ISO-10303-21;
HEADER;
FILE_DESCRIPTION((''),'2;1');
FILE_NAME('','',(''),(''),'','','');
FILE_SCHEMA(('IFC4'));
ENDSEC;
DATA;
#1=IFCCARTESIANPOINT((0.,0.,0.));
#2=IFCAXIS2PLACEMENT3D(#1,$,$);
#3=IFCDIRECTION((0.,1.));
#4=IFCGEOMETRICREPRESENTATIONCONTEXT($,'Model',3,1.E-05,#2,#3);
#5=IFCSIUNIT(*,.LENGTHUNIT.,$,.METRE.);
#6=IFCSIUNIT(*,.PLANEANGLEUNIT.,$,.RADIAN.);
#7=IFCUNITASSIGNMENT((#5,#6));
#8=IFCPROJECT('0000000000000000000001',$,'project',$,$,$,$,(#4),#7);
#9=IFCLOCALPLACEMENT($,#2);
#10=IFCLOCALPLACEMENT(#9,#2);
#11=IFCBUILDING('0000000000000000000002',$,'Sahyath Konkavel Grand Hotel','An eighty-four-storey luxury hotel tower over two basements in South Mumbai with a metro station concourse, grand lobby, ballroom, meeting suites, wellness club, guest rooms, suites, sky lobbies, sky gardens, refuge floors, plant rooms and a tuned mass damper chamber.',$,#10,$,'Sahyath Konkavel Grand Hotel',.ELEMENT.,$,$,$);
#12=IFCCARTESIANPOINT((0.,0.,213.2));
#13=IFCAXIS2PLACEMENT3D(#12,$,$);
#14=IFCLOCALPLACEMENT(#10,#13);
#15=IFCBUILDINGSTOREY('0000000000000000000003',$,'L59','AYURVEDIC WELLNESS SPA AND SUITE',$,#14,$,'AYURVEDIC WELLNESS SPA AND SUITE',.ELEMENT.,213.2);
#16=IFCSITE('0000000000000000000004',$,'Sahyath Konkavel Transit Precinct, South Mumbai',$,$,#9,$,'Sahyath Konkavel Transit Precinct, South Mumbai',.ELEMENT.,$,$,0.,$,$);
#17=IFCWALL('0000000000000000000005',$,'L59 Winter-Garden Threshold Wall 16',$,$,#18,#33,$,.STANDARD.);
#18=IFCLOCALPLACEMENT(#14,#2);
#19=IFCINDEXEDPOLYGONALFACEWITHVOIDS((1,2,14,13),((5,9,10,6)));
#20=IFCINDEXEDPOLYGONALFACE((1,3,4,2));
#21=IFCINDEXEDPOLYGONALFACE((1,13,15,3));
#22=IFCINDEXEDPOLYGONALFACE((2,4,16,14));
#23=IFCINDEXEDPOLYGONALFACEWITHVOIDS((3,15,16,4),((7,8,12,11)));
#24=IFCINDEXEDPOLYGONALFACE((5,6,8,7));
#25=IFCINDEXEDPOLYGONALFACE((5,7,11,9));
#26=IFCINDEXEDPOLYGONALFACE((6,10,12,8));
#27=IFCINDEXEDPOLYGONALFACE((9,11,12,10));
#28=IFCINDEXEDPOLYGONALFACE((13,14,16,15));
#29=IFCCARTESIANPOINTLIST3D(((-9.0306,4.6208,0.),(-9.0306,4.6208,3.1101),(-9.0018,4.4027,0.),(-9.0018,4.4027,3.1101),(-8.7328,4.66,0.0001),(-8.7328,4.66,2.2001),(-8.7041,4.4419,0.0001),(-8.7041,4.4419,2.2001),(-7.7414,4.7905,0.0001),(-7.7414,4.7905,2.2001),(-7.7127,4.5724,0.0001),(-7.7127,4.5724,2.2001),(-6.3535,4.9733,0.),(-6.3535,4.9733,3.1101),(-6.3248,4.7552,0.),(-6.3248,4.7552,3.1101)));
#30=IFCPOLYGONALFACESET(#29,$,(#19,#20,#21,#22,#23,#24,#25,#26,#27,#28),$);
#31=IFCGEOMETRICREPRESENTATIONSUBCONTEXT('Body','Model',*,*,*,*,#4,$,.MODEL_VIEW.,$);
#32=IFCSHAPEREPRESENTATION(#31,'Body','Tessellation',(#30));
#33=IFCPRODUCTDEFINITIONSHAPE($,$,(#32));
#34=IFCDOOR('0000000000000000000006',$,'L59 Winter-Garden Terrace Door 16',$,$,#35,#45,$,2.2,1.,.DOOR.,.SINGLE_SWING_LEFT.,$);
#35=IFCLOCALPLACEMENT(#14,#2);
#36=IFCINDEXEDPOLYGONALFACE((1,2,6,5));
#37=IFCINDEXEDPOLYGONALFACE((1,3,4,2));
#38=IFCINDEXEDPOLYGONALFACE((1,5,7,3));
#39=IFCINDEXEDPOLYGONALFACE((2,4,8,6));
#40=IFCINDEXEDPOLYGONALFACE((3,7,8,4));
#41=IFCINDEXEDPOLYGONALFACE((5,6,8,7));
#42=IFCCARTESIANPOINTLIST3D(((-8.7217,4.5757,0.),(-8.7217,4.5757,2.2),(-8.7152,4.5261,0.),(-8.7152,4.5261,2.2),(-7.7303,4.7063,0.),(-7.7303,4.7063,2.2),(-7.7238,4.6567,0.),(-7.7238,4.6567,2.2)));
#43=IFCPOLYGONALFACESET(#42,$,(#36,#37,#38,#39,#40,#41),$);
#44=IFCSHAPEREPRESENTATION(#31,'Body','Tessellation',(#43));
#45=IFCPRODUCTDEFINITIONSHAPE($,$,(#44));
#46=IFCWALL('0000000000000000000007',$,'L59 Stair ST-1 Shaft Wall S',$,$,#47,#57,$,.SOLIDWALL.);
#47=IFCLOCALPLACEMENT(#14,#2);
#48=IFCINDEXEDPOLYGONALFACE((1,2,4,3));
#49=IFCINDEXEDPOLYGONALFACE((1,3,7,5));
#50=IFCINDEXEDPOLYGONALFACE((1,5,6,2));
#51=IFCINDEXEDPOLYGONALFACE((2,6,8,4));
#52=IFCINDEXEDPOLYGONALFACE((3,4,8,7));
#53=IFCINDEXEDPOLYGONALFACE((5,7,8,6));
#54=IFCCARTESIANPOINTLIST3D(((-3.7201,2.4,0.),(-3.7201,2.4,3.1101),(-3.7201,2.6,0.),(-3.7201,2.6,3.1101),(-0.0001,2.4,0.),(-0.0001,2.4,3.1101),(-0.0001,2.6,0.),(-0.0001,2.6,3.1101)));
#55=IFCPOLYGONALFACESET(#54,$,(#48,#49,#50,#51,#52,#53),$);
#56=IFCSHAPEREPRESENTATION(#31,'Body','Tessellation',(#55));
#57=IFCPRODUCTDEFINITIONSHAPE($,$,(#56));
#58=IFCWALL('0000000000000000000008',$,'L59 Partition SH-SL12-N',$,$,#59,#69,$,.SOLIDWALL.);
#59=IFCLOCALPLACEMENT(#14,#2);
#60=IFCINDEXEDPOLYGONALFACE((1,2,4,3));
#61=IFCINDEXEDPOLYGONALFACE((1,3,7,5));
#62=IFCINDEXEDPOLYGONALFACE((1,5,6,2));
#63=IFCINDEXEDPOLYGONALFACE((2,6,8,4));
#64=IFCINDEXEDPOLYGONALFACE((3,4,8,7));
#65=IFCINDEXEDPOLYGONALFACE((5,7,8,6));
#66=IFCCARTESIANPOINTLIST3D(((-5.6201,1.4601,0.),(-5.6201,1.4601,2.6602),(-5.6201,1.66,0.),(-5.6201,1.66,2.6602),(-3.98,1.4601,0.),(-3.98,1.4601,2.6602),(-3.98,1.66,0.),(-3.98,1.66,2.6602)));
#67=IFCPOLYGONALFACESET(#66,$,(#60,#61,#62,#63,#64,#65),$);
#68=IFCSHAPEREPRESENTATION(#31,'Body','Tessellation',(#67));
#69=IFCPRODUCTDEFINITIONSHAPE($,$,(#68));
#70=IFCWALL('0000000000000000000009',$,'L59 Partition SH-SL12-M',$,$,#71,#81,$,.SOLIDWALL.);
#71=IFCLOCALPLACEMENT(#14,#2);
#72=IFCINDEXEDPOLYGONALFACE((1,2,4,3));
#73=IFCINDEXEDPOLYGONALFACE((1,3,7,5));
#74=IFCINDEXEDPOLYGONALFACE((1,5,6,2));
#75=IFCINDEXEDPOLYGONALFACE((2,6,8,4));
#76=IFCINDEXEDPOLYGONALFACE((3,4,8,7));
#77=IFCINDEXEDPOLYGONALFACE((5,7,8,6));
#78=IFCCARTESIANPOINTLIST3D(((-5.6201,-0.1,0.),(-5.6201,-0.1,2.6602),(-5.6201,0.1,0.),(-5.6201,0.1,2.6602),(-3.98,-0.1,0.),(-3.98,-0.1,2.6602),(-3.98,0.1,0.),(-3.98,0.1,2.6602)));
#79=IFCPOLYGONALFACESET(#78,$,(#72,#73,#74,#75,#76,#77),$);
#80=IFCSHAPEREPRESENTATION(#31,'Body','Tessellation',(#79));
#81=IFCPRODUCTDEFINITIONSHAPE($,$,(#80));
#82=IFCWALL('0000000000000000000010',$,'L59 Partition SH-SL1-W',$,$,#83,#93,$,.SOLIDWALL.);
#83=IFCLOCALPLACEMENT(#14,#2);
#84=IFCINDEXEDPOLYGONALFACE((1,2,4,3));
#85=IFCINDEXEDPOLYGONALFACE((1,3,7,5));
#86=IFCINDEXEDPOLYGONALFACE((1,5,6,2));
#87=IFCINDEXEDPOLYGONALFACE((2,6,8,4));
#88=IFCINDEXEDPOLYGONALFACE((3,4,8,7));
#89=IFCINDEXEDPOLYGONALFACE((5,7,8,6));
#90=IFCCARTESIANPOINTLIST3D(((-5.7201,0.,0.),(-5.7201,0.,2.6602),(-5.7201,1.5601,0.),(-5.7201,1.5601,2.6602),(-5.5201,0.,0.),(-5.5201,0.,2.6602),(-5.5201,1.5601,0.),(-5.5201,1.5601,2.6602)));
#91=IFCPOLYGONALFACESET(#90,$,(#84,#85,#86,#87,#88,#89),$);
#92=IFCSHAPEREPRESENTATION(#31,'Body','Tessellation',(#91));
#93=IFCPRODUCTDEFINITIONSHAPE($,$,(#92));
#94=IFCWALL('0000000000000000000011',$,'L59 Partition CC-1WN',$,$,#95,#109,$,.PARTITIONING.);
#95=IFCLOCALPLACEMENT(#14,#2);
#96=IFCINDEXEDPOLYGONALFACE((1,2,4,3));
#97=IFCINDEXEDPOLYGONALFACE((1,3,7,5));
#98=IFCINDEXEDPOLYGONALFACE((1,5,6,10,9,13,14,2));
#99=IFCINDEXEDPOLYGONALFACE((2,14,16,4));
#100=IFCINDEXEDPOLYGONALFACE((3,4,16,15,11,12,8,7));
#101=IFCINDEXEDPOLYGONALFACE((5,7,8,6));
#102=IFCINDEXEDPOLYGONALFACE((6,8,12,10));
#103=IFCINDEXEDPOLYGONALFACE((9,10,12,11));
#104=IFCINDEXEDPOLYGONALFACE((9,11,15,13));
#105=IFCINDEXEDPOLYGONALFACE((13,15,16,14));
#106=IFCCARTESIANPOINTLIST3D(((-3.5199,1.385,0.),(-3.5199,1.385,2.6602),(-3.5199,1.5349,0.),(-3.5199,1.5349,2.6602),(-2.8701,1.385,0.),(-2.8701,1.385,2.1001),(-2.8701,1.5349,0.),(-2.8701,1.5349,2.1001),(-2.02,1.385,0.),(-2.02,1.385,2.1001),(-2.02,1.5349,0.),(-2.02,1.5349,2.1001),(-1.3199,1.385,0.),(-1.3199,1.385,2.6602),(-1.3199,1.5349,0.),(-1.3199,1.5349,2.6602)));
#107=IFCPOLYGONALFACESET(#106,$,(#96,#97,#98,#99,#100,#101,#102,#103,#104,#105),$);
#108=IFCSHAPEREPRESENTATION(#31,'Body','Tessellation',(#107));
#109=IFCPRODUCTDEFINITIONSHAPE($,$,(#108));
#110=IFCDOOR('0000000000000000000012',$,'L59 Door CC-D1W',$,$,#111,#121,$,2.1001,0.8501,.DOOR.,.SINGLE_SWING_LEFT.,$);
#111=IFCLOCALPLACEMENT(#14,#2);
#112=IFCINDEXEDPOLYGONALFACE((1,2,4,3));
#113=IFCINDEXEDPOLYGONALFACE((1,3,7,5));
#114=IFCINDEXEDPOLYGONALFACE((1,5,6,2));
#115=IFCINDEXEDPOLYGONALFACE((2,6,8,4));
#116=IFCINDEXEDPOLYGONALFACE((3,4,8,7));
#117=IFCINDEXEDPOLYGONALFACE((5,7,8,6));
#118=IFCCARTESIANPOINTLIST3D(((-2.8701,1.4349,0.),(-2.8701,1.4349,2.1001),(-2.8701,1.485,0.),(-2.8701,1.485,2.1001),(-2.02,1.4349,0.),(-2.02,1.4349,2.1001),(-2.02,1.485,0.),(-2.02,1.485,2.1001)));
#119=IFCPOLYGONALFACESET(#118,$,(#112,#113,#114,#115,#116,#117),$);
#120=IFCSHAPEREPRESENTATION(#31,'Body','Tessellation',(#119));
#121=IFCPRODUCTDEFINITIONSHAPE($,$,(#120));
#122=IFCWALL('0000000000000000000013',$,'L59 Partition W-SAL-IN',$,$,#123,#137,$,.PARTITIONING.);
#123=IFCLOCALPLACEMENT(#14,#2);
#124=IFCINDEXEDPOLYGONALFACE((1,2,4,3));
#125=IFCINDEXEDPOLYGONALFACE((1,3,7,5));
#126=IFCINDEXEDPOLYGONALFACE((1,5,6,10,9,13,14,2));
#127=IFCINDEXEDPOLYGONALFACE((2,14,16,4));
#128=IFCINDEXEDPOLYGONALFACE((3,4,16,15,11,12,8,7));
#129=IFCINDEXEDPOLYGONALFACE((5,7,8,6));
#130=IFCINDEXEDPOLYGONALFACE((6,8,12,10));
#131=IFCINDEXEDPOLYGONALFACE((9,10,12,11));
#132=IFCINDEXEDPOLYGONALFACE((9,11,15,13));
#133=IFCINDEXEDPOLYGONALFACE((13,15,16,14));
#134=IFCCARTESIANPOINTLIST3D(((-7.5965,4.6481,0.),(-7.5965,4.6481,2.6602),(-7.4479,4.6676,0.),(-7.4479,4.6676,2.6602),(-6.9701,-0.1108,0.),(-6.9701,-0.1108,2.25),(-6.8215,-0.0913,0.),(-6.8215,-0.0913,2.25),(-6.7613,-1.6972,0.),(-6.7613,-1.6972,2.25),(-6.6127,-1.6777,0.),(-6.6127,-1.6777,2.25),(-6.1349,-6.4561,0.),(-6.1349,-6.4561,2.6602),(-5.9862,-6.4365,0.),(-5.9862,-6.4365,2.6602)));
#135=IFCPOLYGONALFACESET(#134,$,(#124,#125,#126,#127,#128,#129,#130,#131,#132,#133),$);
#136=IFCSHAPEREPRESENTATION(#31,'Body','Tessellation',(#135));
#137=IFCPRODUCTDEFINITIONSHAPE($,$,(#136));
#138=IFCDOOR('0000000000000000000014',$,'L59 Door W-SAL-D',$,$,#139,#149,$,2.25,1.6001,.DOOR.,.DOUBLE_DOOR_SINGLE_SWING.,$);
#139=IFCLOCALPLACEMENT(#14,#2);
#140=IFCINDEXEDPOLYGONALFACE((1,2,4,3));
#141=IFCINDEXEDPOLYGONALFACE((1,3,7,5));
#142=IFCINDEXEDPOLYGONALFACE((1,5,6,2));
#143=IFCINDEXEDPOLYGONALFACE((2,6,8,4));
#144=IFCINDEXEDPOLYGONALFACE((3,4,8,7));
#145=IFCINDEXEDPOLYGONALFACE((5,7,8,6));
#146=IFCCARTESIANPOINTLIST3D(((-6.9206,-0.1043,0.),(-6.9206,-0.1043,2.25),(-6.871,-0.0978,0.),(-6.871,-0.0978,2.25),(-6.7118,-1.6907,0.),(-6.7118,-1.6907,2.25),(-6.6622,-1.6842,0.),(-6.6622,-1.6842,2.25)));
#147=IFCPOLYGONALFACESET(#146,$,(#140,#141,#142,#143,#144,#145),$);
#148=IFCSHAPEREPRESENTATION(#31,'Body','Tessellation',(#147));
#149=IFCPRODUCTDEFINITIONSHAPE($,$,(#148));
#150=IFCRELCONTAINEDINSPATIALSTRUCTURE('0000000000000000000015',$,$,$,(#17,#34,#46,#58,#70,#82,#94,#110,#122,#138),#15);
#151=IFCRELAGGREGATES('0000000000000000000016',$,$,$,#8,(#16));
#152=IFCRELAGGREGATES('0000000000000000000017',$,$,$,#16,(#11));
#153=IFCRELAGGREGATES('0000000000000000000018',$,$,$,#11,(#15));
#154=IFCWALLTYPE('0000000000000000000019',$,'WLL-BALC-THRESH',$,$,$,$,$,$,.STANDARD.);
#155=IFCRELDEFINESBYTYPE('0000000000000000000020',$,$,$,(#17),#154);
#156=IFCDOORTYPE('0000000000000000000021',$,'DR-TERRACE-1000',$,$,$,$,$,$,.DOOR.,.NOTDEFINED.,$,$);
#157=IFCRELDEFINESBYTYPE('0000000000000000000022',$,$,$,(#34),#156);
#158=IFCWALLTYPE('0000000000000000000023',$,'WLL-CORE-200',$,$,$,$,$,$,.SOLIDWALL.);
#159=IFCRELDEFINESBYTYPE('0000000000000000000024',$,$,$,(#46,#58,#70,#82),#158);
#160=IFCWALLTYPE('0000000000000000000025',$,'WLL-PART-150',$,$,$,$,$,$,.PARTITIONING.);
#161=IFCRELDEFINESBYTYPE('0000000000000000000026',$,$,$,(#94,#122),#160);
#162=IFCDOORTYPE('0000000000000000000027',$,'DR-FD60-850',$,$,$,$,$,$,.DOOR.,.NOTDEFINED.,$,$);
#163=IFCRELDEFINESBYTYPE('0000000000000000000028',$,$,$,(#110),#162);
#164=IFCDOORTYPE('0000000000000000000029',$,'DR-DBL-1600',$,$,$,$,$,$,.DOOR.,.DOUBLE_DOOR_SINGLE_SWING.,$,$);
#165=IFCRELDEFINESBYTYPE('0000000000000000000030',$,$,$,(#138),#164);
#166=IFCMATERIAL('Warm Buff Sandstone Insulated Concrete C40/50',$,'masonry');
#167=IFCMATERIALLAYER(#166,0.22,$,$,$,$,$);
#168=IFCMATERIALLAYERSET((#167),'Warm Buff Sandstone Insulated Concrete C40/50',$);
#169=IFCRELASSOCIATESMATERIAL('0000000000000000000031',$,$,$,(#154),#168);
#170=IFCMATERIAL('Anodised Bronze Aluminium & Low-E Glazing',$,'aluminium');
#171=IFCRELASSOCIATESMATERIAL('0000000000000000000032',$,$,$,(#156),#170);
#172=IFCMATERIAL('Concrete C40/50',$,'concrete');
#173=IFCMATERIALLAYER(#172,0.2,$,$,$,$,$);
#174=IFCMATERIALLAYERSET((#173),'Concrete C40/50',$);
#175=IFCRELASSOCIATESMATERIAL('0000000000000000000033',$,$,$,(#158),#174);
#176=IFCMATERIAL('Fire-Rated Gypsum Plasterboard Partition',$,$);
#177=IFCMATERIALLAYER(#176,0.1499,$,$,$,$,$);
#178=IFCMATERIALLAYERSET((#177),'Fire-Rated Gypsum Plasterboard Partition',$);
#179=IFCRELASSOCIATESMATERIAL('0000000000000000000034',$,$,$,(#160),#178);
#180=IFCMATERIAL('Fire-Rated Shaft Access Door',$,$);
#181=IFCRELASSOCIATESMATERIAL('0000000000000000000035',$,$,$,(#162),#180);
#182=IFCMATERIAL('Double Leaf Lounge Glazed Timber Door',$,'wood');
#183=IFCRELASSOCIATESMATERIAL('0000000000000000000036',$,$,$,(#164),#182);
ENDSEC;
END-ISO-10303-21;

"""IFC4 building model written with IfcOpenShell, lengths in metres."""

from ifc_helpers import new_model, si_unit, direction, frame, frame_2d, origin, origin_2d, place, context, subcontext, project, spatial, rectangle, extrude, source, transform, mapped, material, layer, layer_set, type_object, element, fill, save


model = new_model("IFC4")

# Units and contexts
model_context = context("Model", 3, precision=1e-05, world=origin(), true_north=direction((0.0, 1.0)))
body_context = subcontext(model_context, "Body", "Model", "MODEL_VIEW")
ifc_project = project(units=[si_unit("LENGTHUNIT", "METRE"), si_unit("PLANEANGLEUNIT", "RADIAN")], contexts=[model_context])

# Site, building, storey
site_placement = place(None, origin())
site = spatial("IfcSite", under=ifc_project, at=site_placement, Name="Sahyath Konkavel Transit Precinct, South Mumbai", LongName="Sahyath Konkavel Transit Precinct, South Mumbai", CompositionType="ELEMENT", RefElevation=0.0)
building_placement = place(site_placement, origin())
building = spatial("IfcBuilding", under=site, at=building_placement, Name="Sahyath Konkavel Grand Hotel", Description="An eighty-four-storey luxury hotel tower over two basements in South Mumbai with a metro station concourse, grand lobby, ballroom, meeting suites, wellness club, guest rooms, suites, sky lobbies, sky gardens, refuge floors, plant rooms and a tuned mass damper chamber.", LongName="Sahyath Konkavel Grand Hotel", CompositionType="ELEMENT")
storey_placement = place(building_placement, frame((0.0, 0.0, 213.2)))
storey = spatial("IfcBuildingStorey", under=building, at=storey_placement, Name="L59", Description="AYURVEDIC WELLNESS SPA AND SUITE", LongName="AYURVEDIC WELLNESS SPA AND SUITE", CompositionType="ELEMENT", Elevation=213.2)

# Shared definitions
ifc_material_1 = material(Name="Concrete C40/50", Category="concrete")

# Shared definitions
ifc_material_2 = material(Name="Anodised Bronze Aluminium & Low-E Glazing", Category="aluminium")

# Wall, opening, door
ifc_material_3 = material(Name="Warm Buff Sandstone Insulated Concrete C40/50", Category="masonry")
ifc_layer_1 = layer(ifc_material_3, 0.22)
ifc_layer_set_1 = layer_set([ifc_layer_1], Name="Warm Buff Sandstone Insulated Concrete C40/50")
wall_type_1 = type_object("IfcWallType", Name="WLL-BALC-THRESH", PredefinedType="STANDARD", material=ifc_layer_set_1)
wall_1_placement = place(storey_placement, frame((-6.3391, 4.8643, 0.0), z_axis=(0.0, 0.0, 1.0), x_axis=(-0.99144, -0.130564, 0.0)))
wall_1 = element("IfcWall", 1, at=wall_1_placement, inside=storey, type_object=wall_type_1, Name="L59 Winter-Garden Threshold Wall 16", PredefinedType="STANDARD", context=body_context, shape_type="SweptSolid", body=[
    extrude(rectangle(XDim=2.7002, YDim=0.22, at=frame_2d((1.3501, 0.0))), origin(), (0.0, 0.0, 1.0), 3.1101),
])
opening_1_placement = place(wall_1_placement, frame((1.3999, 0.0, 0.0)))
opening_1 = element("IfcOpeningElement", 2, at=opening_1_placement, cuts=wall_1, PredefinedType="OPENING", context=body_context, shape_type="SweptSolid", body=[
    extrude(rectangle(XDim=1.0, YDim=2.2, at=frame_2d((0.5, 1.1001))), frame((0.0, 0.1201, 0.0), z_axis=(0.0, -1.0, 0.0), x_axis=(1.0, 0.0, 0.0)), (0.0, 0.0, 1.0), 0.24),
])
door_type_1 = type_object("IfcDoorType", Name="DR-TERRACE-1000", OperationType="NOTDEFINED", PredefinedType="DOOR", material=ifc_material_2)
shared_shape_1 = source(origin(), body_context, "Body", "SweptSolid", [
    extrude(rectangle(XDim=1.0, YDim=0.05, at=origin_2d()), origin(), (0.0, 0.0, 1.0), 2.2),
])
door_1_placement = place(opening_1_placement, frame((0.5, 0.0, 0.0)))
door_1 = element("IfcDoor", 3, at=door_1_placement, inside=storey, type_object=door_type_1, Name="L59 Winter-Garden Terrace Door 16", OperationType="SINGLE_SWING_LEFT", OverallHeight=2.2, OverallWidth=1.0, PredefinedType="DOOR", context=body_context, shape_type="MappedRepresentation", body=[
    mapped(shared_shape_1, transform((0.0, 0.0, 0.0), scale=1.0)),
])
fill(opening_1, door_1)

# Walls
ifc_layer_2 = layer(ifc_material_1, 0.2)
ifc_layer_set_2 = layer_set([ifc_layer_2], Name="Concrete C40/50")
wall_type_2 = type_object("IfcWallType", Name="WLL-CORE-200", PredefinedType="SOLIDWALL", material=ifc_layer_set_2)
wall_2_placement = place(storey_placement, frame((-3.72, 2.5, 0.0), z_axis=(0.0, 0.0, 1.0), x_axis=(1.0, 0.0, 0.0)))
element("IfcWall", 4, at=wall_2_placement, inside=storey, type_object=wall_type_2, Name="L59 Stair ST-1 Shaft Wall S", PredefinedType="SOLIDWALL", context=body_context, shape_type="SweptSolid", body=[
    extrude(rectangle(XDim=3.72, YDim=0.2, at=frame_2d((1.8599, 0.0))), origin(), (0.0, 0.0, 1.0), 3.1101),
])
for number, where, z_axis, x_axis, name in (
    (5, (-5.6201, 1.5601, 0.0), (0.0, 0.0, 1.0), (1.0, 0.0, 0.0), "L59 Partition SH-SL12-N"),
    (6, (-5.6201, 0.0, 0.0), (0.0, 0.0, 1.0), (1.0, 0.0, 0.0), "L59 Partition SH-SL12-M"),
):
    element("IfcWall", number, at=place(storey_placement, frame(where, z_axis=z_axis, x_axis=x_axis)), inside=storey, type_object=wall_type_2, Name=name, PredefinedType="SOLIDWALL", context=body_context, shape_type="SweptSolid", body=[
        extrude(rectangle(XDim=1.6401, YDim=0.2, at=frame_2d((0.8201, 0.0))), origin(), (0.0, 0.0, 1.0), 2.6602),
    ])
wall_3_placement = place(storey_placement, frame((-5.6201, 0.0, 0.0), z_axis=(0.0, 0.0, 1.0), x_axis=(0.0, 1.0, 0.0)))
element("IfcWall", 7, at=wall_3_placement, inside=storey, type_object=wall_type_2, Name="L59 Partition SH-SL1-W", PredefinedType="SOLIDWALL", context=body_context, shape_type="SweptSolid", body=[
    extrude(rectangle(XDim=1.5601, YDim=0.2, at=frame_2d((0.78, 0.0))), origin(), (0.0, 0.0, 1.0), 2.6602),
])

# Walls, openings, doors
ifc_material_4 = material(Name="Fire-Rated Gypsum Plasterboard Partition")
ifc_layer_3 = layer(ifc_material_4, 0.1499)
ifc_layer_set_3 = layer_set([ifc_layer_3], Name="Fire-Rated Gypsum Plasterboard Partition")
wall_type_3 = type_object("IfcWallType", Name="WLL-PART-150", PredefinedType="PARTITIONING", material=ifc_layer_set_3)
wall_4_placement = place(storey_placement, frame((-3.52, 1.46, 0.0), z_axis=(0.0, 0.0, 1.0), x_axis=(1.0, 0.0, 0.0)))
wall_4 = element("IfcWall", 8, at=wall_4_placement, inside=storey, type_object=wall_type_3, Name="L59 Partition CC-1WN", PredefinedType="PARTITIONING", context=body_context, shape_type="SweptSolid", body=[
    extrude(rectangle(XDim=2.2, YDim=0.1499, at=frame_2d((1.1001, 0.0))), origin(), (0.0, 0.0, 1.0), 2.6602),
])
opening_2_placement = place(wall_4_placement, frame((0.6499, 0.0, 0.0)))
opening_2 = element("IfcOpeningElement", 9, at=opening_2_placement, cuts=wall_4, PredefinedType="OPENING", context=body_context, shape_type="SweptSolid", body=[
    extrude(rectangle(XDim=0.8501, YDim=2.1001, at=frame_2d((0.425, 1.05))), frame((0.0, 0.085, 0.0), z_axis=(0.0, -1.0, 0.0), x_axis=(1.0, 0.0, 0.0)), (0.0, 0.0, 1.0), 0.1699),
])
ifc_material_5 = material(Name="Fire-Rated Shaft Access Door")
door_type_2 = type_object("IfcDoorType", Name="DR-FD60-850", OperationType="NOTDEFINED", PredefinedType="DOOR", material=ifc_material_5)
shared_shape_2 = source(origin(), body_context, "Body", "SweptSolid", [
    extrude(rectangle(XDim=0.8501, YDim=0.05, at=origin_2d()), origin(), (0.0, 0.0, 1.0), 2.1001),
])
door_2_placement = place(opening_2_placement, frame((0.425, 0.0, 0.0)))
door_2 = element("IfcDoor", 10, at=door_2_placement, inside=storey, type_object=door_type_2, Name="L59 Door CC-D1W", OperationType="SINGLE_SWING_LEFT", OverallHeight=2.1001, OverallWidth=0.8501, PredefinedType="DOOR", context=body_context, shape_type="MappedRepresentation", body=[
    mapped(shared_shape_2, transform((0.0, 0.0, 0.0), scale=1.0)),
])
fill(opening_2, door_2)
wall_5_placement = place(storey_placement, frame((-7.5222, 4.658, 0.0), z_axis=(0.0, 0.0, 1.0), x_axis=(0.130506, -0.991448, 0.0)))
wall_5 = element("IfcWall", 11, at=wall_5_placement, inside=storey, type_object=wall_type_3, Name="L59 Partition W-SAL-IN", PredefinedType="PARTITIONING", context=body_context, shape_type="SweptSolid", body=[
    extrude(rectangle(XDim=11.2, YDim=0.1499, at=frame_2d((5.6001, 0.0))), origin(), (0.0, 0.0, 1.0), 2.6602),
])
opening_3_placement = place(wall_5_placement, frame((4.8, 0.0, 0.0)))
opening_3 = element("IfcOpeningElement", 12, at=opening_3_placement, cuts=wall_5, PredefinedType="OPENING", context=body_context, shape_type="SweptSolid", body=[
    extrude(rectangle(XDim=1.6001, YDim=2.25, at=frame_2d((0.8, 1.125))), frame((0.0, 0.085, 0.0), z_axis=(0.0, -1.0, 0.0), x_axis=(1.0, 0.0, 0.0)), (0.0, 0.0, 1.0), 0.1699),
])
ifc_material_6 = material(Name="Double Leaf Lounge Glazed Timber Door", Category="wood")
door_type_3 = type_object("IfcDoorType", Name="DR-DBL-1600", OperationType="DOUBLE_DOOR_SINGLE_SWING", PredefinedType="DOOR", material=ifc_material_6)
shared_shape_3 = source(origin(), body_context, "Body", "SweptSolid", [
    extrude(rectangle(XDim=1.6001, YDim=0.05, at=origin_2d()), origin(), (0.0, 0.0, 1.0), 2.25),
])
door_3_placement = place(opening_3_placement, frame((0.8, 0.0, 0.0)))
door_3 = element("IfcDoor", 13, at=door_3_placement, inside=storey, type_object=door_type_3, Name="L59 Door W-SAL-D", OperationType="DOUBLE_DOOR_SINGLE_SWING", OverallHeight=2.25, OverallWidth=1.6001, PredefinedType="DOOR", context=body_context, shape_type="MappedRepresentation", body=[
    mapped(shared_shape_3, transform((0.0, 0.0, 0.0), scale=1.0)),
])
fill(opening_3, door_3)

save(model, "model.ifc")
